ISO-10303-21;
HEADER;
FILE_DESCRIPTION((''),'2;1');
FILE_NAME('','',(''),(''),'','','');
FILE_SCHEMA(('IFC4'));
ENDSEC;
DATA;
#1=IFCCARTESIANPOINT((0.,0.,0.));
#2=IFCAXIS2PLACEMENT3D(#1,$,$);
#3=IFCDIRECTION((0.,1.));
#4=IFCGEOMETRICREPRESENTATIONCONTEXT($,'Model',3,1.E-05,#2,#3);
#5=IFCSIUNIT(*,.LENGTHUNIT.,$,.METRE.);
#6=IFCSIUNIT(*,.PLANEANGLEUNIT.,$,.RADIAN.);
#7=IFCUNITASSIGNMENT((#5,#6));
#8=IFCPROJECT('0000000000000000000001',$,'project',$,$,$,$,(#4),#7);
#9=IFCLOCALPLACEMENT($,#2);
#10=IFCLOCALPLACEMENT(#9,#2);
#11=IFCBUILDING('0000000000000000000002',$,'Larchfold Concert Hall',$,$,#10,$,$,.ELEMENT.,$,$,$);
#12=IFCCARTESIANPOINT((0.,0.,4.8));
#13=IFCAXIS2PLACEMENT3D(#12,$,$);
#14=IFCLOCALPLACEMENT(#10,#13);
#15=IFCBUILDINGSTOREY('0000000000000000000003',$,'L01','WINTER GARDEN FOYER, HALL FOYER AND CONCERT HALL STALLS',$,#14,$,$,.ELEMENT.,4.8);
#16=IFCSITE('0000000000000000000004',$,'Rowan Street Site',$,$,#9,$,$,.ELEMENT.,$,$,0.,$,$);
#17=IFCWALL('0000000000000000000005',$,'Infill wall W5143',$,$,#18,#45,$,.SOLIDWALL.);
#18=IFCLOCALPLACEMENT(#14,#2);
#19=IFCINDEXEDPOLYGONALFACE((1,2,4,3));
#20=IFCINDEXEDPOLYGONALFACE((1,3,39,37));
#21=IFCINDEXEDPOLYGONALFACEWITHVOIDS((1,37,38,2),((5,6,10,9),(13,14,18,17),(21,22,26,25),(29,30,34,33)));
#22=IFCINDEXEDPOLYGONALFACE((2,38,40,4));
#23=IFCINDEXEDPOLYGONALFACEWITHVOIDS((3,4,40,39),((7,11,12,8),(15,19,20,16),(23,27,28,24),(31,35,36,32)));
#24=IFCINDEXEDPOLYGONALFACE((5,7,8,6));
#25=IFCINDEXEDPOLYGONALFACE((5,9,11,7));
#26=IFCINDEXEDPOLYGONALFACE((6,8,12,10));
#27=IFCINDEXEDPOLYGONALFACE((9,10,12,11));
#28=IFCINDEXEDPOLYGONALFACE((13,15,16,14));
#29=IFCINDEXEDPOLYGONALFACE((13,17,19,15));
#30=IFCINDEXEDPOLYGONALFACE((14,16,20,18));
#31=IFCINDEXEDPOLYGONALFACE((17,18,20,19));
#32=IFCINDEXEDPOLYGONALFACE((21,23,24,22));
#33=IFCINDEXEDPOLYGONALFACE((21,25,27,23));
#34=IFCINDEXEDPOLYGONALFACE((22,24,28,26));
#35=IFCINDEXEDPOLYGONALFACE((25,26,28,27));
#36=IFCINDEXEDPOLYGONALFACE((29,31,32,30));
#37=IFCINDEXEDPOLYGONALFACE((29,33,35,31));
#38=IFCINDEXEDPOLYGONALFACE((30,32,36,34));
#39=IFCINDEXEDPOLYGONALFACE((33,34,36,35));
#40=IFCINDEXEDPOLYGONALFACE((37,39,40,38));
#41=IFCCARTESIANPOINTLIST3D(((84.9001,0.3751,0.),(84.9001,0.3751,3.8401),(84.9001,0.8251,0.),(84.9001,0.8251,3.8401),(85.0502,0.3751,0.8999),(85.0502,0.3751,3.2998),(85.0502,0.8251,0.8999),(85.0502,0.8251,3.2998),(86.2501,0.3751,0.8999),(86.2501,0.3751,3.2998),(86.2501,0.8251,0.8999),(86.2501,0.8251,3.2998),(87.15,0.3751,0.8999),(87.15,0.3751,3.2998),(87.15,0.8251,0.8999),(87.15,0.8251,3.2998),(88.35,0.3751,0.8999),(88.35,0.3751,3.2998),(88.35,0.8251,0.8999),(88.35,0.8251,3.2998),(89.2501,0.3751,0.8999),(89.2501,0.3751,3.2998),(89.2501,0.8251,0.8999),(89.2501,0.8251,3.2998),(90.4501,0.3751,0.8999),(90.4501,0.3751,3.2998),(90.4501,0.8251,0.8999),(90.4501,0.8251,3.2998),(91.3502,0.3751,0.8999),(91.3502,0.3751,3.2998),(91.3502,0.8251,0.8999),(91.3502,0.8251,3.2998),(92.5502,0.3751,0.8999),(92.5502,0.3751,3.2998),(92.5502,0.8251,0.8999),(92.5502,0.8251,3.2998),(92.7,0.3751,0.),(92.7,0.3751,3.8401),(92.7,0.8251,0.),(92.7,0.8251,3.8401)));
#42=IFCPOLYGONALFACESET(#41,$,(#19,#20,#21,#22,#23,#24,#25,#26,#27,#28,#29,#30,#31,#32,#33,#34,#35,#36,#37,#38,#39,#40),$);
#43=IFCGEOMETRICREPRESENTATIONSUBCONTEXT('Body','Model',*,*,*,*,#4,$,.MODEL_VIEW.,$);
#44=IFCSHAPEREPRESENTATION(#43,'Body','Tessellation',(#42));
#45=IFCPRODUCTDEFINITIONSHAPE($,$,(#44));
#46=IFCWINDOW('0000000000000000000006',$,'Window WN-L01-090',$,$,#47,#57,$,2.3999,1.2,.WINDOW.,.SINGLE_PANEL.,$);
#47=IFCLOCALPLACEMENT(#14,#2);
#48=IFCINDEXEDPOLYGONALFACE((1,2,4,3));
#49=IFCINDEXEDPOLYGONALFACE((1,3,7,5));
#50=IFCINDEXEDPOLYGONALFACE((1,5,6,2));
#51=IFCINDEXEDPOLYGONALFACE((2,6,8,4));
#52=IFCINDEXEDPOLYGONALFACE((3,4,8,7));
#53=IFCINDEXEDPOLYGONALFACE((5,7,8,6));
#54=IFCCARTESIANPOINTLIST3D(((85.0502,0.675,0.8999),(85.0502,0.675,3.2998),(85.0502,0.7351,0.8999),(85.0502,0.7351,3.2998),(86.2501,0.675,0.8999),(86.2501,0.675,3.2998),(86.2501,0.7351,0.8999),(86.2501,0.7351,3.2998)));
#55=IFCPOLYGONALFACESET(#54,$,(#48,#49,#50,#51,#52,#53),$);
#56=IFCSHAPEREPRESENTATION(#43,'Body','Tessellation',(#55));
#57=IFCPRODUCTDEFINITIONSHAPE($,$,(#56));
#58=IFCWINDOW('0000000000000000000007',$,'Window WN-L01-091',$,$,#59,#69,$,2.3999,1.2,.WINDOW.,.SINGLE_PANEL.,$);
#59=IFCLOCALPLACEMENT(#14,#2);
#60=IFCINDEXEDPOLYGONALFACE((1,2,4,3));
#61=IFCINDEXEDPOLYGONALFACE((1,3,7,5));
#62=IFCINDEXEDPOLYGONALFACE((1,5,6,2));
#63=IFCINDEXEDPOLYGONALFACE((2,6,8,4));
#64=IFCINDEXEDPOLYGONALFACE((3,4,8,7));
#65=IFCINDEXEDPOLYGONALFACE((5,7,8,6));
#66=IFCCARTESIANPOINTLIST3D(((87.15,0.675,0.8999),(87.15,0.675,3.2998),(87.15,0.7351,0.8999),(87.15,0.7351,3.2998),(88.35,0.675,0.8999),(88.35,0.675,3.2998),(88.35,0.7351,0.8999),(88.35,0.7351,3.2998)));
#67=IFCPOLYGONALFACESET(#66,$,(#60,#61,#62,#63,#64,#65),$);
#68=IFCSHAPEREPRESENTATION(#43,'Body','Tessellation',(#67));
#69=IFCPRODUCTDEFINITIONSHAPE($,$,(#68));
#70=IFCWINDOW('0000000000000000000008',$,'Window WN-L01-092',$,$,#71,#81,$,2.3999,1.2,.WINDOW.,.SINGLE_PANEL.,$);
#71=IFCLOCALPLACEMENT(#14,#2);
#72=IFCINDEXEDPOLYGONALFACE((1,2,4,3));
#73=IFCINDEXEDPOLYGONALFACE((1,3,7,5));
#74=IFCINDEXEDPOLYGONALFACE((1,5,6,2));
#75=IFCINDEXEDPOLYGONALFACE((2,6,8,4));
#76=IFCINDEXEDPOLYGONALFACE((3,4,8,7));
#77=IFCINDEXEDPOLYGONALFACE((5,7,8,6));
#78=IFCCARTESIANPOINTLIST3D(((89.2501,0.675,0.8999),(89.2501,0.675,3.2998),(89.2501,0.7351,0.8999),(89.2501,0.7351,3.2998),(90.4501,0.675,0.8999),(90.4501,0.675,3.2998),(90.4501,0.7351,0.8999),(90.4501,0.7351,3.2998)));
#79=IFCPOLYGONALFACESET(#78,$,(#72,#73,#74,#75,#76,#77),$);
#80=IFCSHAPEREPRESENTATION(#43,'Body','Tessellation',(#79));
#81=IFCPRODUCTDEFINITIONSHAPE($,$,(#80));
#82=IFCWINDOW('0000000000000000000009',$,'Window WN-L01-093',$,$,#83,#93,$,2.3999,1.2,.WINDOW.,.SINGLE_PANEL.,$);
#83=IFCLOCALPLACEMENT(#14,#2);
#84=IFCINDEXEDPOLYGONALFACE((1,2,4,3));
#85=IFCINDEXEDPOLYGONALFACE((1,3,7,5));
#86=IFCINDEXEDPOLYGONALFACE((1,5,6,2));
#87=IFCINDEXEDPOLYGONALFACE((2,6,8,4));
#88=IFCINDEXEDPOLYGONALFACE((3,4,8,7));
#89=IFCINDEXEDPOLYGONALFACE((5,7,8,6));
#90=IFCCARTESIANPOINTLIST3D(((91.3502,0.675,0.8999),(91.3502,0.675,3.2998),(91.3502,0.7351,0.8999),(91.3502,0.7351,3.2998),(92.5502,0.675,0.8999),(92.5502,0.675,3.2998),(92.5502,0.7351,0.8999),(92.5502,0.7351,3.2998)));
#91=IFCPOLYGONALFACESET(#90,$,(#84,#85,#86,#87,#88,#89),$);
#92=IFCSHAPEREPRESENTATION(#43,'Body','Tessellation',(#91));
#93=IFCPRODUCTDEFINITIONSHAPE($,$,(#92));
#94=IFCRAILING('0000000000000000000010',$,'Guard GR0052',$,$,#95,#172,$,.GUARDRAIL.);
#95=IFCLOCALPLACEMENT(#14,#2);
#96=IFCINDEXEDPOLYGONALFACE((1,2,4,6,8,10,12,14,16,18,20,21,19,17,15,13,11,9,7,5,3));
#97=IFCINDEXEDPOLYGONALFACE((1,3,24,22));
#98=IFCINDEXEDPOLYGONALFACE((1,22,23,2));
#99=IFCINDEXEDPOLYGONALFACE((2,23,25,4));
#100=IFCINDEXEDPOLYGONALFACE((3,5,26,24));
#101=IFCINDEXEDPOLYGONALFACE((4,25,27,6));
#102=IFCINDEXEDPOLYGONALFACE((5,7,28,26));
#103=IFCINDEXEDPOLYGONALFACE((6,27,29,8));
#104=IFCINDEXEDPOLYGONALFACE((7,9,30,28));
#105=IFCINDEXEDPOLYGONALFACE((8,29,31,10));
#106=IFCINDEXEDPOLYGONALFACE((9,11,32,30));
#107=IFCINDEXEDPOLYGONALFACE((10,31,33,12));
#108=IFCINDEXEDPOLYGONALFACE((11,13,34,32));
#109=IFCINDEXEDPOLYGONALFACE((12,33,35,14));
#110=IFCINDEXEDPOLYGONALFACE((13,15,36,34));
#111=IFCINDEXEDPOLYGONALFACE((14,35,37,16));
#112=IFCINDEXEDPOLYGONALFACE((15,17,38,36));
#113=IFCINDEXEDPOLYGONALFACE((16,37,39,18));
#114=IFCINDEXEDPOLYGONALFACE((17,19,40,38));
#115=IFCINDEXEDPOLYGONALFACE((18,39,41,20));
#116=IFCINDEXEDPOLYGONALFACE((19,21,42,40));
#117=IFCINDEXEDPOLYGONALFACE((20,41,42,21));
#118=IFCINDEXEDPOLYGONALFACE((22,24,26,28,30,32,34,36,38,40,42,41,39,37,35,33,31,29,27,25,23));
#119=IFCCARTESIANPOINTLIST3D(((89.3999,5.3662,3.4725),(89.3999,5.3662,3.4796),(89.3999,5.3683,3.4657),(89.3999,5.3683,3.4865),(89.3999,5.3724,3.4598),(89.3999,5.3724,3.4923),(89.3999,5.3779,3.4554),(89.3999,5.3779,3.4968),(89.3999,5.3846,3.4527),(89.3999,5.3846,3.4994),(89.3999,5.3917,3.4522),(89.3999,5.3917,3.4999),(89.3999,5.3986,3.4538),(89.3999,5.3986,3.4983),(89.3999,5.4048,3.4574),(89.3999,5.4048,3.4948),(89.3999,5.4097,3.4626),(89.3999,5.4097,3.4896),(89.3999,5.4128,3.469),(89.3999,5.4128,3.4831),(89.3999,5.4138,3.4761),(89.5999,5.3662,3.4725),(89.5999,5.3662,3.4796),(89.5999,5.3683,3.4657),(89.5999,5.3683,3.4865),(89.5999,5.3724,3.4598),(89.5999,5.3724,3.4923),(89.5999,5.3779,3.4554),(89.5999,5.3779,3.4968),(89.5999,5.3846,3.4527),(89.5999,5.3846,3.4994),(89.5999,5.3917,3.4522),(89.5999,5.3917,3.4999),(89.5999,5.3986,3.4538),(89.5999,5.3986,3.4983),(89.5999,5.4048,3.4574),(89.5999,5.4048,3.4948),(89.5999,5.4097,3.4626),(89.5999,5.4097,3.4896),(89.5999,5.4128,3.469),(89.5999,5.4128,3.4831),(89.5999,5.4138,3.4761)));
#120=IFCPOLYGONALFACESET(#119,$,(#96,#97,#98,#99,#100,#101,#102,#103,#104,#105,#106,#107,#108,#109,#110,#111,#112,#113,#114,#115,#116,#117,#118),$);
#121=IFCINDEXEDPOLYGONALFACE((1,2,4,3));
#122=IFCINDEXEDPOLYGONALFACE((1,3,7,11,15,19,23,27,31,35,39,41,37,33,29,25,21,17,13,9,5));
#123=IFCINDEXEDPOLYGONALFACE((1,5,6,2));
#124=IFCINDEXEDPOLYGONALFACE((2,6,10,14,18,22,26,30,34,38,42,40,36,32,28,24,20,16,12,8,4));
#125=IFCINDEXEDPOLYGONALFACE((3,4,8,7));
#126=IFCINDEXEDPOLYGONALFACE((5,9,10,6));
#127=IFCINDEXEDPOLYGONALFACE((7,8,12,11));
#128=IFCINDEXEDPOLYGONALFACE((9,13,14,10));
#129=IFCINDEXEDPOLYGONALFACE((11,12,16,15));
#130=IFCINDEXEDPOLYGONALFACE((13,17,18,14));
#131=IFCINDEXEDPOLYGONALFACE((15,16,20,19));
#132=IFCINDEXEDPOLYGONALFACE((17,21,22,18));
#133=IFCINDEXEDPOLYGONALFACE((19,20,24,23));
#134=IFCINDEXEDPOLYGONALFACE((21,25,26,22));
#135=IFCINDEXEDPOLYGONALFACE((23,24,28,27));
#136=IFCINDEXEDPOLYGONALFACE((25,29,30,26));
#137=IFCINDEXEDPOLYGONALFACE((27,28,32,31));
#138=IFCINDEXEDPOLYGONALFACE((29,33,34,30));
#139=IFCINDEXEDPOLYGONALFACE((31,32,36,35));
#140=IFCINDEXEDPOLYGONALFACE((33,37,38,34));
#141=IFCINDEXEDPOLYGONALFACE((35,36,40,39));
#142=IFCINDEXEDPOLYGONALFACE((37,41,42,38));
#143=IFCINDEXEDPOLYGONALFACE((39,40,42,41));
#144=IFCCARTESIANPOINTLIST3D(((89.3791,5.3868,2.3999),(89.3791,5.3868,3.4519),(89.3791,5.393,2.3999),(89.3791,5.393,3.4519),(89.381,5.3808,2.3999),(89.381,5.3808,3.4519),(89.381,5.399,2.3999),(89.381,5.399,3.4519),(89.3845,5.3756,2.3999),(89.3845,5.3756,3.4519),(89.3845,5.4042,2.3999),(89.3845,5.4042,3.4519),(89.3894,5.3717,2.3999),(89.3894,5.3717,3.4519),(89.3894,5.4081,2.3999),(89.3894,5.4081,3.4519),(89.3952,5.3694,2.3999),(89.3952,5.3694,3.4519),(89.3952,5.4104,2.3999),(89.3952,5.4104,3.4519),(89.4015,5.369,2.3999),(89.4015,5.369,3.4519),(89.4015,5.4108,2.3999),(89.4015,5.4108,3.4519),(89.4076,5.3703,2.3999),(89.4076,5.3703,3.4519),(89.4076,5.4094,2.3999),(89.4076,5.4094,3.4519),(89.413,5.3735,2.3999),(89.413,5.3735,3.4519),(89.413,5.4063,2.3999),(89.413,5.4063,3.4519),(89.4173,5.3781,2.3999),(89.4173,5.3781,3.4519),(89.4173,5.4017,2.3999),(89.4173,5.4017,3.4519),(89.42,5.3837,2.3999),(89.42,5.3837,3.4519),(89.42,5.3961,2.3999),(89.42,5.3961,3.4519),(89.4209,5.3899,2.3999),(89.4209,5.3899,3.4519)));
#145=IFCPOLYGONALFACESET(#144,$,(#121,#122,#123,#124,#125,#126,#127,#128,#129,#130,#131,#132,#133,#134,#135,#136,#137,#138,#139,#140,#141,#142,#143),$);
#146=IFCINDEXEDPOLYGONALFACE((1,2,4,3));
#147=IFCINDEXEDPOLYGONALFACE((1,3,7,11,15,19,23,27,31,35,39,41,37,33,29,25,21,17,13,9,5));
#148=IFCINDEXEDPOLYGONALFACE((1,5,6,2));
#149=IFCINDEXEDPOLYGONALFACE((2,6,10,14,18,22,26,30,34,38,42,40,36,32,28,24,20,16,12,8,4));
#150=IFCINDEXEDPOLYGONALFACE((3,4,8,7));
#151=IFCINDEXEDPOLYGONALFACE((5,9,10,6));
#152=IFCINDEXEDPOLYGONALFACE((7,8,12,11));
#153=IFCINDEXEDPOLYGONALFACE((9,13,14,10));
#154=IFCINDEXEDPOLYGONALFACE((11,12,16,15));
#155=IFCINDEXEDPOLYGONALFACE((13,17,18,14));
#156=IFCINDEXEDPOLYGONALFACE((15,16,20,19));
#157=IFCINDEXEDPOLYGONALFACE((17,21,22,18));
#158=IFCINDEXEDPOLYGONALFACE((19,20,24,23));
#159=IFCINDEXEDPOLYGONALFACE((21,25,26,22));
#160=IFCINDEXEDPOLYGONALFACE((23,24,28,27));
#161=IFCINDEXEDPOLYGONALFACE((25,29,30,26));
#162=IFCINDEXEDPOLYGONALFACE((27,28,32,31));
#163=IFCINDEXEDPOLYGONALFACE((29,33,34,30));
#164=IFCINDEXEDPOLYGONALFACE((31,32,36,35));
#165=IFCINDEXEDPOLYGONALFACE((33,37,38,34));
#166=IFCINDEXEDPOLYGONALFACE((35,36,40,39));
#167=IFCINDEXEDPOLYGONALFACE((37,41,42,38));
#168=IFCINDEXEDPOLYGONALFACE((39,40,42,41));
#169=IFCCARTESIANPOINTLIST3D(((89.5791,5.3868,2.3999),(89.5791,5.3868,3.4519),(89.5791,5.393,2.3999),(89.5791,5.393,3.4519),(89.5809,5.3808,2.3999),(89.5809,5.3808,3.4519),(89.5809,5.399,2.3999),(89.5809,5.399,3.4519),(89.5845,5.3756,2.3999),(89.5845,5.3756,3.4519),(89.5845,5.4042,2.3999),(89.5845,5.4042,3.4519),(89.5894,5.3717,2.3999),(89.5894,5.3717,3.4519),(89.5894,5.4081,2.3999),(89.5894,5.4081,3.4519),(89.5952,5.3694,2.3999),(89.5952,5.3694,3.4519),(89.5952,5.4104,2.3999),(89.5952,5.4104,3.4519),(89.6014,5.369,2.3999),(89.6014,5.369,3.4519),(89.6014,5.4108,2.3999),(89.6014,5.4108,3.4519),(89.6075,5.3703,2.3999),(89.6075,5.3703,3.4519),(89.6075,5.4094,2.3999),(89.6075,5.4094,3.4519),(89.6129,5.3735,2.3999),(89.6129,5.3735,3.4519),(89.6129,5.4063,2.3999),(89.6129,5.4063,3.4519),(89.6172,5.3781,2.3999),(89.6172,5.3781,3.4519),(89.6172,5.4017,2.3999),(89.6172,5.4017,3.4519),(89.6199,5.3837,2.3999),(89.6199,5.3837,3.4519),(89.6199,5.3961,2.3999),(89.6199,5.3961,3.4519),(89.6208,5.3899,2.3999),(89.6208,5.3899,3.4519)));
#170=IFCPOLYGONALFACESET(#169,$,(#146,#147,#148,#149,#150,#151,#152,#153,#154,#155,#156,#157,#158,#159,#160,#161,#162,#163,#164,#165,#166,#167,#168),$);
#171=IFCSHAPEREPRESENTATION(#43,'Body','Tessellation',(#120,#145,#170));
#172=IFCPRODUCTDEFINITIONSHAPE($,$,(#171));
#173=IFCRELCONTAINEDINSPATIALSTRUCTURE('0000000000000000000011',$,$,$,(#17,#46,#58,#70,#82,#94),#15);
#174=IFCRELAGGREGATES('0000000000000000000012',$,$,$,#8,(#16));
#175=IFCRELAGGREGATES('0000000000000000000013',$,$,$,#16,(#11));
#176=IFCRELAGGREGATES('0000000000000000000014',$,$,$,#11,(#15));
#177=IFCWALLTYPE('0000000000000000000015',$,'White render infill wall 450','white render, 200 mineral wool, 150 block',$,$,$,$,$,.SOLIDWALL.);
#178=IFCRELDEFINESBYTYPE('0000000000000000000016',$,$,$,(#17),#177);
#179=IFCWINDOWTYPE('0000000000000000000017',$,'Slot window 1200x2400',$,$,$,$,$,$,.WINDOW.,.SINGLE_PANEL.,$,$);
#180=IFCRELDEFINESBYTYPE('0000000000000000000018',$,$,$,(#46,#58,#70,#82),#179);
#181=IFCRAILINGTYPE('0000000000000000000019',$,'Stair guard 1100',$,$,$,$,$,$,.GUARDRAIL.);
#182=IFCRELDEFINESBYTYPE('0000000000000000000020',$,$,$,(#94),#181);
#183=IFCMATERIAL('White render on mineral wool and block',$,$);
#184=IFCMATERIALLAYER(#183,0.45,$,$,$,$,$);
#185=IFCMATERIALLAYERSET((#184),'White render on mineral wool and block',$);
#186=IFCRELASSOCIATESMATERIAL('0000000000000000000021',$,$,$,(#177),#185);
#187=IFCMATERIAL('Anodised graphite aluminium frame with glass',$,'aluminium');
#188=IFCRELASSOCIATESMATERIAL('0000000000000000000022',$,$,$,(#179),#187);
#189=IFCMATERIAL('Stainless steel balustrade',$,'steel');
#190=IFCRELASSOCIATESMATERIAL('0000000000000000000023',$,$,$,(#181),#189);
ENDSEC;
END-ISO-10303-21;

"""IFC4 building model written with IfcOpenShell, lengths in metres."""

from ifc_helpers import new_model, si_unit, direction, frame, frame_2d, origin, origin_2d, place, context, subcontext, project, spatial, rectangle, circle, extrude, material, layer, layer_set, type_object, element, fill, save


model = new_model("IFC4")

# Units and contexts
model_context = context("Model", 3, precision=1e-05, world=origin(), true_north=direction((0.0, 1.0)))
body_context = subcontext(model_context, "Body", "Model", "MODEL_VIEW")
ifc_project = project(units=[si_unit("LENGTHUNIT", "METRE"), si_unit("PLANEANGLEUNIT", "RADIAN")], contexts=[model_context])

# Site, building, storey
site_placement = place(None, origin())
site = spatial("IfcSite", under=ifc_project, at=site_placement, Name="Rowan Street Site", CompositionType="ELEMENT", RefElevation=0.0)
building_placement = place(site_placement, origin())
building = spatial("IfcBuilding", under=site, at=building_placement, Name="Larchfold Concert Hall", CompositionType="ELEMENT")
storey_placement = place(building_placement, frame((0.0, 0.0, 4.8)))
storey = spatial("IfcBuildingStorey", under=building, at=storey_placement, Name="L01", Description="WINTER GARDEN FOYER, HALL FOYER AND CONCERT HALL STALLS", CompositionType="ELEMENT", Elevation=4.8)

# Wall, openings, windows
ifc_material_1 = material(Name="White render on mineral wool and block")
ifc_layer_1 = layer(ifc_material_1, 0.45)
ifc_layer_set_1 = layer_set([ifc_layer_1], Name="White render on mineral wool and block")
wall_type_1 = type_object("IfcWallType", Name="White render infill wall 450", Description="white render, 200 mineral wool, 150 block", PredefinedType="SOLIDWALL", material=ifc_layer_set_1)
ifc_material_2 = material(Name="Anodised graphite aluminium frame with glass", Category="aluminium")
window_type = type_object("IfcWindowType", Name="Slot window 1200x2400", PartitioningType="SINGLE_PANEL", PredefinedType="WINDOW", material=ifc_material_2)
wall_1_placement = place(storey_placement, frame((84.9001, 0.6001, 0.0), z_axis=(0.0, 0.0, 1.0), x_axis=(1.0, 0.0, 0.0)))
wall_1 = element("IfcWall", 1, at=wall_1_placement, inside=storey, type_object=wall_type_1, Name="Infill wall W5143", PredefinedType="SOLIDWALL", context=body_context, shape_type="SweptSolid", body=[
    extrude(rectangle(XDim=7.7998, YDim=0.45, at=frame_2d((3.8999, 0.0))), origin(), (0.0, 0.0, 1.0), 3.8401),
])
opening_1_placement = place(wall_1_placement, frame((0.1499, 0.0, 0.8999)))
opening_1 = element("IfcOpeningElement", 2, at=opening_1_placement, cuts=wall_1, PredefinedType="OPENING", context=body_context, shape_type="SweptSolid", body=[
    extrude(rectangle(XDim=1.2, YDim=2.3999, at=frame_2d((0.6001, 1.2))), frame((0.0, 0.2349, 0.0), z_axis=(0.0, -1.0, 0.0), x_axis=(1.0, 0.0, 0.0)), (0.0, 0.0, 1.0), 0.47),
])
opening_2_placement = place(wall_1_placement, frame((2.2498, 0.0, 0.8999)))
opening_2 = element("IfcOpeningElement", 3, at=opening_2_placement, cuts=wall_1, PredefinedType="OPENING", context=body_context, shape_type="SweptSolid", body=[
    extrude(rectangle(XDim=1.2, YDim=2.3999, at=frame_2d((0.6001, 1.2))), frame((0.0, 0.2349, 0.0), z_axis=(0.0, -1.0, 0.0), x_axis=(1.0, 0.0, 0.0)), (0.0, 0.0, 1.0), 0.47),
])
opening_3_placement = place(wall_1_placement, frame((4.3499, 0.0, 0.8999)))
opening_3 = element("IfcOpeningElement", 4, at=opening_3_placement, cuts=wall_1, PredefinedType="OPENING", context=body_context, shape_type="SweptSolid", body=[
    extrude(rectangle(XDim=1.2, YDim=2.3999, at=frame_2d((0.6001, 1.2))), frame((0.0, 0.2349, 0.0), z_axis=(0.0, -1.0, 0.0), x_axis=(1.0, 0.0, 0.0)), (0.0, 0.0, 1.0), 0.47),
])
opening_4_placement = place(wall_1_placement, frame((6.45, 0.0, 0.8999)))
opening_4 = element("IfcOpeningElement", 5, at=opening_4_placement, cuts=wall_1, PredefinedType="OPENING", context=body_context, shape_type="SweptSolid", body=[
    extrude(rectangle(XDim=1.2, YDim=2.3999, at=frame_2d((0.6001, 1.2))), frame((0.0, 0.2349, 0.0), z_axis=(0.0, -1.0, 0.0), x_axis=(1.0, 0.0, 0.0)), (0.0, 0.0, 1.0), 0.47),
])
window_1_placement = place(opening_1_placement, origin())
window_1 = element("IfcWindow", 6, at=window_1_placement, inside=storey, type_object=window_type, Name="Window WN-L01-090", OverallHeight=2.3999, OverallWidth=1.2, PartitioningType="SINGLE_PANEL", PredefinedType="WINDOW", context=body_context, shape_type="SweptSolid", body=[
    extrude(rectangle(XDim=1.2, YDim=2.3999, at=frame_2d((0.6001, 1.2))), frame((0.0, 0.135, 0.0), z_axis=(0.0, -1.0, 0.0), x_axis=(1.0, 0.0, 0.0)), (0.0, 0.0, 1.0), 0.0601),
])
fill(opening_1, window_1)
window_2_placement = place(opening_2_placement, origin())
window_2 = element("IfcWindow", 7, at=window_2_placement, inside=storey, type_object=window_type, Name="Window WN-L01-091", OverallHeight=2.3999, OverallWidth=1.2, PartitioningType="SINGLE_PANEL", PredefinedType="WINDOW", context=body_context, shape_type="SweptSolid", body=[
    extrude(rectangle(XDim=1.2, YDim=2.3999, at=frame_2d((0.6001, 1.2))), frame((0.0, 0.135, 0.0), z_axis=(0.0, -1.0, 0.0), x_axis=(1.0, 0.0, 0.0)), (0.0, 0.0, 1.0), 0.0601),
])
fill(opening_2, window_2)
window_3_placement = place(opening_3_placement, origin())
window_3 = element("IfcWindow", 8, at=window_3_placement, inside=storey, type_object=window_type, Name="Window WN-L01-092", OverallHeight=2.3999, OverallWidth=1.2, PartitioningType="SINGLE_PANEL", PredefinedType="WINDOW", context=body_context, shape_type="SweptSolid", body=[
    extrude(rectangle(XDim=1.2, YDim=2.3999, at=frame_2d((0.6001, 1.2))), frame((0.0, 0.135, 0.0), z_axis=(0.0, -1.0, 0.0), x_axis=(1.0, 0.0, 0.0)), (0.0, 0.0, 1.0), 0.0601),
])
fill(opening_3, window_3)
window_4_placement = place(opening_4_placement, origin())
window_4 = element("IfcWindow", 9, at=window_4_placement, inside=storey, type_object=window_type, Name="Window WN-L01-093", OverallHeight=2.3999, OverallWidth=1.2, PartitioningType="SINGLE_PANEL", PredefinedType="WINDOW", context=body_context, shape_type="SweptSolid", body=[
    extrude(rectangle(XDim=1.2, YDim=2.3999, at=frame_2d((0.6001, 1.2))), frame((0.0, 0.135, 0.0), z_axis=(0.0, -1.0, 0.0), x_axis=(1.0, 0.0, 0.0)), (0.0, 0.0, 1.0), 0.0601),
])
fill(opening_4, window_4)

# Railing
ifc_material_3 = material(Name="Stainless steel balustrade", Category="steel")
railing_type_1 = type_object("IfcRailingType", Name="Stair guard 1100", PredefinedType="GUARDRAIL", material=ifc_material_3)
railing_1_placement = place(storey_placement, frame((89.3999, 5.3899, 2.3999)))
element("IfcRailing", 10, at=railing_1_placement, inside=storey, type_object=railing_type_1, Name="Guard GR0052", PredefinedType="GUARDRAIL", context=body_context, shape_type="SweptSolid", body=[
    extrude(circle(Radius=0.0239, at=origin_2d()), frame((0.0, 0.0, 1.0762), z_axis=(1.0, 0.0, 0.0), x_axis=(0.0, 1.0, 0.0)), (0.0, 0.0, 1.0), 0.2),
    extrude(circle(Radius=0.021, at=origin_2d()), origin(), (0.0, 0.0, 1.0), 1.052),
    extrude(circle(Radius=0.021, at=origin_2d()), frame((0.2, 0.0, 0.0)), (0.0, 0.0, 1.0), 1.052),
])

save(model, "model.ifc")
